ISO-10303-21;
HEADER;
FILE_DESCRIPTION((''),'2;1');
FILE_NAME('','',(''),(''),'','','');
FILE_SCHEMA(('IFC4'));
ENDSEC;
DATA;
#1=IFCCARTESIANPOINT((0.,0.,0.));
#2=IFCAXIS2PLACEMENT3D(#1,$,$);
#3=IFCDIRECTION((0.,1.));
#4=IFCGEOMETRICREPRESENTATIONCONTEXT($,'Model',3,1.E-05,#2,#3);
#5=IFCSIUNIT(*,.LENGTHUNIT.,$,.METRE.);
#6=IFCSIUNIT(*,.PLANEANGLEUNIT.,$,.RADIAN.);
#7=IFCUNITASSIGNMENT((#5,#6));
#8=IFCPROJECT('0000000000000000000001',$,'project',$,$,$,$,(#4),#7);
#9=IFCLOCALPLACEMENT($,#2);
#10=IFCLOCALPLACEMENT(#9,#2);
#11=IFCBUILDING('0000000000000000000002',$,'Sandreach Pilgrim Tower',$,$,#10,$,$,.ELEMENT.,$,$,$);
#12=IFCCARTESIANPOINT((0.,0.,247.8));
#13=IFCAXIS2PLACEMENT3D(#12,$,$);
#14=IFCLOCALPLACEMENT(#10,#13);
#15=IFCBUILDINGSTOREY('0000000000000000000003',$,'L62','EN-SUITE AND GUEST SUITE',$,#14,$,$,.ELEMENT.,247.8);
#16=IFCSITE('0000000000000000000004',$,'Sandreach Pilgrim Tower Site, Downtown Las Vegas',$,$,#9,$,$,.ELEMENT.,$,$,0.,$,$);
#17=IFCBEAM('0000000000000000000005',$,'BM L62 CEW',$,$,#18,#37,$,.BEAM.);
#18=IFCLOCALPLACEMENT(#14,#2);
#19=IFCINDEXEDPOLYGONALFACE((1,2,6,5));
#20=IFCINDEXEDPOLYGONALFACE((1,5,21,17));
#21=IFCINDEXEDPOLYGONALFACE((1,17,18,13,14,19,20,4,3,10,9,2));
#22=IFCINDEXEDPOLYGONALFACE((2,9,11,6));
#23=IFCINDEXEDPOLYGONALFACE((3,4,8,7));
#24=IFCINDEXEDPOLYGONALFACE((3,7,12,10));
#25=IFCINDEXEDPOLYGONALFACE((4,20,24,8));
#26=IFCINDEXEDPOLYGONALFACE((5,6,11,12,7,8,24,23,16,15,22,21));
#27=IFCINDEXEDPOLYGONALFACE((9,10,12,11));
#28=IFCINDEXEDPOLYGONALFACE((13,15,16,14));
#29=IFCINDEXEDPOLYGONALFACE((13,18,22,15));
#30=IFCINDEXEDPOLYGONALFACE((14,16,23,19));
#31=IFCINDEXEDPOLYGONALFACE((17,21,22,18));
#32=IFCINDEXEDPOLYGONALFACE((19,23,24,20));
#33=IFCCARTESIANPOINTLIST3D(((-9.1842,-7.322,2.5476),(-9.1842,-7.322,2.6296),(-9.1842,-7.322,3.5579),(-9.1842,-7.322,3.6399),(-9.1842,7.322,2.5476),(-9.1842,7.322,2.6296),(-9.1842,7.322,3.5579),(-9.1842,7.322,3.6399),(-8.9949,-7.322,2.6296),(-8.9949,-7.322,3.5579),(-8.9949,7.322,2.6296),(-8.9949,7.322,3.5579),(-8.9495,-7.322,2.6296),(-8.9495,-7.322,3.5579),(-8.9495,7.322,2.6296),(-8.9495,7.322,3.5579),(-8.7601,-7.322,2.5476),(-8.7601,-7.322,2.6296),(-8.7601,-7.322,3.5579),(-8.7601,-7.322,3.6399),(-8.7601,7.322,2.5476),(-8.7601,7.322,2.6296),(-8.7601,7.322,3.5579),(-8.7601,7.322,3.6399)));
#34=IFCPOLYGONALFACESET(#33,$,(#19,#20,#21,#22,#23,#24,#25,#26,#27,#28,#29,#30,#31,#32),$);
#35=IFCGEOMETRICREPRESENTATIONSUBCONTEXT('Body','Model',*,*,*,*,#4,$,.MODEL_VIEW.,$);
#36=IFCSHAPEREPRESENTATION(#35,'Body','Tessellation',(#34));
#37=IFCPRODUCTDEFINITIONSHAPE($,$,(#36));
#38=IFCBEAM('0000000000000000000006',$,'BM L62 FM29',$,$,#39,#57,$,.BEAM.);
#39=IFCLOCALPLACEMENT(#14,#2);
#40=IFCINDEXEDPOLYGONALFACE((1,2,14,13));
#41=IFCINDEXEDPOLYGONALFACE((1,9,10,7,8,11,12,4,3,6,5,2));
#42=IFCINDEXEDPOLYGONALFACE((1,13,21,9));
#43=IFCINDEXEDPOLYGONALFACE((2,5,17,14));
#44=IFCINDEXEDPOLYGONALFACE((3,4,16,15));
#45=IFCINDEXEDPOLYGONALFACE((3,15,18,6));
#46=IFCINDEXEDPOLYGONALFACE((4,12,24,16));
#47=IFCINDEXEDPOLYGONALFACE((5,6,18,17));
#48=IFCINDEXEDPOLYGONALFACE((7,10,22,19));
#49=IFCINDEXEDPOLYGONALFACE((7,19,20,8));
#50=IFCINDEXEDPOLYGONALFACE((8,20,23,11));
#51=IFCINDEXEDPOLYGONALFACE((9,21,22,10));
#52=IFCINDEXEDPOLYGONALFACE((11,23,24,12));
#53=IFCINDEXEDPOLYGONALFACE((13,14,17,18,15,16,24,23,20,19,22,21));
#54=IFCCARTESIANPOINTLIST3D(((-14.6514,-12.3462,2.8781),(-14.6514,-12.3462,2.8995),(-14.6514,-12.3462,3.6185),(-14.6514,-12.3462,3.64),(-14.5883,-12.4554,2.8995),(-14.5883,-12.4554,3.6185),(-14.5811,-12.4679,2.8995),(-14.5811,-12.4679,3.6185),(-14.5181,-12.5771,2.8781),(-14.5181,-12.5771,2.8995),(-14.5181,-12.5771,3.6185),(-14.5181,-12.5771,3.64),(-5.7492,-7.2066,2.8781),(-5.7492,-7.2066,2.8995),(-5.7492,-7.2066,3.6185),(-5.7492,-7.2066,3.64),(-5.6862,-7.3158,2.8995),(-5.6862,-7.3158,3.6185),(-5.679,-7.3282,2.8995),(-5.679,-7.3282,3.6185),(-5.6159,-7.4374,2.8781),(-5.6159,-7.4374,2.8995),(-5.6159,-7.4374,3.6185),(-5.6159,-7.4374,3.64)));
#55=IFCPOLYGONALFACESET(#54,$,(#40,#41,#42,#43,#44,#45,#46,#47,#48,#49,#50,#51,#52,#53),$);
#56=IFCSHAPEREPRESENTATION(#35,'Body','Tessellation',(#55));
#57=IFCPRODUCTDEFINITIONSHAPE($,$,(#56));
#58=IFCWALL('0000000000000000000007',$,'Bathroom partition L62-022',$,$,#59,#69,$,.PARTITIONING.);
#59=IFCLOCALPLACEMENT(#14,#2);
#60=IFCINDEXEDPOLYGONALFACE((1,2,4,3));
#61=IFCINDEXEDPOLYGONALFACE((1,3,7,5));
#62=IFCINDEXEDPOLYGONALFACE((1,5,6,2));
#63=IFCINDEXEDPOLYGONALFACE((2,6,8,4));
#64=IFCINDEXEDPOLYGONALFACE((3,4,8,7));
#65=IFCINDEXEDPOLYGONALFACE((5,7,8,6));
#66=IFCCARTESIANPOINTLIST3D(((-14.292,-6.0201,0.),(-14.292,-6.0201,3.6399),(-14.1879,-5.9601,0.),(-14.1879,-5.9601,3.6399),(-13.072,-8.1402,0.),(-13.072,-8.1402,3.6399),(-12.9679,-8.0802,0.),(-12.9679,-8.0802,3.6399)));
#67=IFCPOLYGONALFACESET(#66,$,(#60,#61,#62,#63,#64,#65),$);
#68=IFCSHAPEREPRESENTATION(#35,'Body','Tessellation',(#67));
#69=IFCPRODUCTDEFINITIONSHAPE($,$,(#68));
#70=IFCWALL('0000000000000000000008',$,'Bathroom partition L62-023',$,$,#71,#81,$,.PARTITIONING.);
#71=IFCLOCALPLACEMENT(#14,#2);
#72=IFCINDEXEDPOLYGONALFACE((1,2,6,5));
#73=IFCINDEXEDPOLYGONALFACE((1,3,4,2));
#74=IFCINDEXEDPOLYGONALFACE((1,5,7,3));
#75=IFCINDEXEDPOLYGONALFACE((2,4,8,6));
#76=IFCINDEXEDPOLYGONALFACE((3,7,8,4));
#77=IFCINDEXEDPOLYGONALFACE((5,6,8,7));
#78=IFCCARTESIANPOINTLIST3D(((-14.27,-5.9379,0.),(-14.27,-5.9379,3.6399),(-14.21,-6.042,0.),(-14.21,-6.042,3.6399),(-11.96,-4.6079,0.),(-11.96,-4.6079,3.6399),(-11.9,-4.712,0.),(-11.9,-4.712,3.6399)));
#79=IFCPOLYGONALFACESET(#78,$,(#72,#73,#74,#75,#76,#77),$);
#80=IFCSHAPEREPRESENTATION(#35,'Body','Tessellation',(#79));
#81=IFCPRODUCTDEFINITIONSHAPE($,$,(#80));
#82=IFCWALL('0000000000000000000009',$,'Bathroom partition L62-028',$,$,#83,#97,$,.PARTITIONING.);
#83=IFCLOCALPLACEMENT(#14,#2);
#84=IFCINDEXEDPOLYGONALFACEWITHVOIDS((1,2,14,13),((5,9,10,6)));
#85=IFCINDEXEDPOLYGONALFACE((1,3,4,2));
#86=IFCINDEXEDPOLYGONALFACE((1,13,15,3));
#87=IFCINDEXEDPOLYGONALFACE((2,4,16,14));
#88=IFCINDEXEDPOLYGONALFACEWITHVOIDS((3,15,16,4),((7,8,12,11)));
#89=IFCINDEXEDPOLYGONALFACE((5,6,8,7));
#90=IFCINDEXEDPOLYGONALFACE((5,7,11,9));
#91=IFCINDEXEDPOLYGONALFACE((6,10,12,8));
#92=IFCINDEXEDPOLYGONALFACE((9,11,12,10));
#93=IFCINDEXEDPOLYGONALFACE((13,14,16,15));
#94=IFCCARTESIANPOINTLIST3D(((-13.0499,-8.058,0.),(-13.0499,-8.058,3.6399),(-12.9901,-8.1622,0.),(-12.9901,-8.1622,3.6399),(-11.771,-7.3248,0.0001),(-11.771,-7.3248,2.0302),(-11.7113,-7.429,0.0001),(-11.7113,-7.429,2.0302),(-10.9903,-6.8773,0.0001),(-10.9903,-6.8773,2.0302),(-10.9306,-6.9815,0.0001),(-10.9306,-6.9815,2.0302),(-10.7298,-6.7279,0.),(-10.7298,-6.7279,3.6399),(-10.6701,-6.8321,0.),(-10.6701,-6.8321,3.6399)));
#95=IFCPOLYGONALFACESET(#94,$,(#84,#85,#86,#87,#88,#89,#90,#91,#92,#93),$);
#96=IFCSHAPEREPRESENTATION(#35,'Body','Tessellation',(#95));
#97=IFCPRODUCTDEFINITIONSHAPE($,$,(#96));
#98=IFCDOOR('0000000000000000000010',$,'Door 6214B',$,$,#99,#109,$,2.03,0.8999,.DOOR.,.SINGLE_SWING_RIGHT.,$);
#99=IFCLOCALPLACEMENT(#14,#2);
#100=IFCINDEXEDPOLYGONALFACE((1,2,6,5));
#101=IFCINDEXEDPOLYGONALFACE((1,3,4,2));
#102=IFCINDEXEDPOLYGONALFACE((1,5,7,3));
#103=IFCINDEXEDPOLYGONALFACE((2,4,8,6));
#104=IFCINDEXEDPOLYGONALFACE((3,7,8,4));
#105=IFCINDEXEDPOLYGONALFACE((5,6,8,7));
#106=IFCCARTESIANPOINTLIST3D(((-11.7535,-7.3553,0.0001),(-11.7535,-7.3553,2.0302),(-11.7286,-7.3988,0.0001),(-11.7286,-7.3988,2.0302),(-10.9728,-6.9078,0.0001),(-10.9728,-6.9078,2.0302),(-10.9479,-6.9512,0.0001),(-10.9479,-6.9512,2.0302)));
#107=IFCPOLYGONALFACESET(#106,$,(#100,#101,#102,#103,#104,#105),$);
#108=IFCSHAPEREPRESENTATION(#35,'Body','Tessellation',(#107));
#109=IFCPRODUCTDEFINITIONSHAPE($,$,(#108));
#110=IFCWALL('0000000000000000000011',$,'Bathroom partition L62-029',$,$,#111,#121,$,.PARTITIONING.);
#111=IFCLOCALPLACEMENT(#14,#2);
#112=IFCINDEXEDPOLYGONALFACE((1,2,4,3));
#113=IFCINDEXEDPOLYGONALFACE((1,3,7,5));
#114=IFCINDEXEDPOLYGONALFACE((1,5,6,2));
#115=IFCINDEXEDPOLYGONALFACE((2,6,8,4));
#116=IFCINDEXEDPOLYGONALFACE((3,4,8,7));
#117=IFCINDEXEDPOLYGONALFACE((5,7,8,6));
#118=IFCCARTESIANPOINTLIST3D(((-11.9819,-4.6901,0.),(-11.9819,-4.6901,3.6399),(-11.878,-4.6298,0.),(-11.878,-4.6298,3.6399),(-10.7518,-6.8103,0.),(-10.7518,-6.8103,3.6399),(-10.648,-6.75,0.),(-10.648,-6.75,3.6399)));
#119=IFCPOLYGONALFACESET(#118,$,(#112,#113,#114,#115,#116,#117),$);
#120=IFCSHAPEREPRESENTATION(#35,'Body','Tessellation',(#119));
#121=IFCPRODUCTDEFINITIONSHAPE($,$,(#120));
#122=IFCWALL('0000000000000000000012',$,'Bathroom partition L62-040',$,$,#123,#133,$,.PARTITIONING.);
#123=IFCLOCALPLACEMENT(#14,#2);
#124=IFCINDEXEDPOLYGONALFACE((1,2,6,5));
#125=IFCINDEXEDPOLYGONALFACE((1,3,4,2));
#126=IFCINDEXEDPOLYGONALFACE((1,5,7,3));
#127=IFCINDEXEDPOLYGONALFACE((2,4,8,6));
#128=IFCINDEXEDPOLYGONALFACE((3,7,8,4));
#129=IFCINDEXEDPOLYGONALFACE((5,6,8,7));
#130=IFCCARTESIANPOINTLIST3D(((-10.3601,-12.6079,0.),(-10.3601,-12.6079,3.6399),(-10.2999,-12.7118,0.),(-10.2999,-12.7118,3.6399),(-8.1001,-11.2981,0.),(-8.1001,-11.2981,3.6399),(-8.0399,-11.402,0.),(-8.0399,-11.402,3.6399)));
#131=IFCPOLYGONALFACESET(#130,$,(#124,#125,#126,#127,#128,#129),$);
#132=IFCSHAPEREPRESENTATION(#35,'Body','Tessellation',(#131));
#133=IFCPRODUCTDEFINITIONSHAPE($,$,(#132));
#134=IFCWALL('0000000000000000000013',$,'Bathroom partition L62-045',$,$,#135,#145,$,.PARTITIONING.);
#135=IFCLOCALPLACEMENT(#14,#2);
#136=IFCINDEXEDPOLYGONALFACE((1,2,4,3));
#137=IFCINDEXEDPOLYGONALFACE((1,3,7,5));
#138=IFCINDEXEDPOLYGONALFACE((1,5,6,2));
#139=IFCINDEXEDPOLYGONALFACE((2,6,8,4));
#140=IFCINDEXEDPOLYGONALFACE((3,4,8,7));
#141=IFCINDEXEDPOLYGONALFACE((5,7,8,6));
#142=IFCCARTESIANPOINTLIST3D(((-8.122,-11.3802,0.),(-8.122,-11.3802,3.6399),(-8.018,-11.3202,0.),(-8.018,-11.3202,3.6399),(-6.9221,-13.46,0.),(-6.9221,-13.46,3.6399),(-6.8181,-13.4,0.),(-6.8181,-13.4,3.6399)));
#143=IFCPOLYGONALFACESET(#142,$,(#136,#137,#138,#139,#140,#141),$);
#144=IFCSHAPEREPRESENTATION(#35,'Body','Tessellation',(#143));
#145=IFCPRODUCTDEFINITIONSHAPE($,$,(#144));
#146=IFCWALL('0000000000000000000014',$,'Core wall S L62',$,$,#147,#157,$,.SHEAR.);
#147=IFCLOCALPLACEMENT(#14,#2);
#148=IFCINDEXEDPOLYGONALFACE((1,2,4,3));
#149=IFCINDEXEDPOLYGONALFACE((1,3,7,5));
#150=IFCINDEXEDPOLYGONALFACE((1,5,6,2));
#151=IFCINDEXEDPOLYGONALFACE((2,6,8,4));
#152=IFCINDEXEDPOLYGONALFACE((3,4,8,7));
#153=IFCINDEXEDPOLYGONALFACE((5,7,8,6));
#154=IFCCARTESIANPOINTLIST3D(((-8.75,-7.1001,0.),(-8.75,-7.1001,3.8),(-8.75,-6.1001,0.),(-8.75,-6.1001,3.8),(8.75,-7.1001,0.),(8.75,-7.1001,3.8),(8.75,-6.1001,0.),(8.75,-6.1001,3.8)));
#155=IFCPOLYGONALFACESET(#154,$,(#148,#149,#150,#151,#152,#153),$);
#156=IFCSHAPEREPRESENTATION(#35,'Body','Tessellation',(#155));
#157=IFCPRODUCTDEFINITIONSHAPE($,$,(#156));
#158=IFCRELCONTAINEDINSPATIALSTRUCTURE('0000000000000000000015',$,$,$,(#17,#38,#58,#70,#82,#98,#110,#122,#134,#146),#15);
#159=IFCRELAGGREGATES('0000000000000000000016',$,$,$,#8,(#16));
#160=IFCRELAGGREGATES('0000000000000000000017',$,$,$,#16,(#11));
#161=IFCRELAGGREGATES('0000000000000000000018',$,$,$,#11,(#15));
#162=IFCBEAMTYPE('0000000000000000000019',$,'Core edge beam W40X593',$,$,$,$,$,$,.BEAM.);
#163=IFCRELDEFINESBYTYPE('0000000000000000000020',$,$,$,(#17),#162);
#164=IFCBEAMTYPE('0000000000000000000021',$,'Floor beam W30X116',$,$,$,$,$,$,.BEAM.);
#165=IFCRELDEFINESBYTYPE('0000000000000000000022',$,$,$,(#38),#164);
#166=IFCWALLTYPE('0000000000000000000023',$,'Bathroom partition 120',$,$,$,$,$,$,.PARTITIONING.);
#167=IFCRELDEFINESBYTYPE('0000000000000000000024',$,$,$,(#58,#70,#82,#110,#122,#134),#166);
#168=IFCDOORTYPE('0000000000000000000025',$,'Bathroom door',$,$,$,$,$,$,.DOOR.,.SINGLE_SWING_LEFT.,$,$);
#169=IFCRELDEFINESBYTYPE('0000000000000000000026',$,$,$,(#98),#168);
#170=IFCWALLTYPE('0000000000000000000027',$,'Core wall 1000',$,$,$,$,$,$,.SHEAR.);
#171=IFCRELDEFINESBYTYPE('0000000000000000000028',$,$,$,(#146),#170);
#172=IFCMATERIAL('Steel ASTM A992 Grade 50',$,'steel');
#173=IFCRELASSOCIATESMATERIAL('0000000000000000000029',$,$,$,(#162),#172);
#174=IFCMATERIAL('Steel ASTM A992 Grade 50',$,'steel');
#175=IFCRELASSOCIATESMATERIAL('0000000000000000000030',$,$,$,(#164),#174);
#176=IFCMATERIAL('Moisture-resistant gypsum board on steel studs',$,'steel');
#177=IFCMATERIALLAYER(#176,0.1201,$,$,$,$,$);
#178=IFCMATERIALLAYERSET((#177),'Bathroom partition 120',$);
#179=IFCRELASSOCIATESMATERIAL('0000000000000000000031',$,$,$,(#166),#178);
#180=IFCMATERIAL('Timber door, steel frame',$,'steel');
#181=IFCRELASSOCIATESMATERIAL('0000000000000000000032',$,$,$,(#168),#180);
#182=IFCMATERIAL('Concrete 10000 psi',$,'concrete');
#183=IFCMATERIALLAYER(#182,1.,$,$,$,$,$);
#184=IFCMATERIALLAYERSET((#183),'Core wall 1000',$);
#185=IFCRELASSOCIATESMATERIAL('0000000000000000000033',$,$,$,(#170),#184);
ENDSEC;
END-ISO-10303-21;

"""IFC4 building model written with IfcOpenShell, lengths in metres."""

from ifc_helpers import new_model, si_unit, direction, frame, frame_2d, origin, origin_2d, place, context, subcontext, project, spatial, rectangle, i_section, extrude, material, layer, layer_set, material_profile, profile_set, type_object, element, fill, save


model = new_model("IFC4")

# Units and contexts
model_context = context("Model", 3, precision=1e-05, world=origin(), true_north=direction((0.0, 1.0)))
body_context = subcontext(model_context, "Body", "Model", "MODEL_VIEW")
ifc_project = project(units=[si_unit("LENGTHUNIT", "METRE"), si_unit("PLANEANGLEUNIT", "RADIAN")], contexts=[model_context])

# Site, building, storey
site_placement = place(None, origin())
site = spatial("IfcSite", under=ifc_project, at=site_placement, Name="Sandreach Pilgrim Tower Site, Downtown Las Vegas", CompositionType="ELEMENT", RefElevation=0.0)
building_placement = place(site_placement, origin())
building = spatial("IfcBuilding", under=site, at=building_placement, Name="Sandreach Pilgrim Tower", CompositionType="ELEMENT")
storey_placement = place(building_placement, frame((0.0, 0.0, 247.8)))
storey = spatial("IfcBuildingStorey", under=building, at=storey_placement, Name="L62", Description="EN-SUITE AND GUEST SUITE", CompositionType="ELEMENT", Elevation=247.8)

# Beams
ifc_material_1 = material(Name="Steel ASTM A992 Grade 50", Category="steel")
ifc_material_profile_1 = material_profile(ifc_material_1, i_section(OverallWidth=0.4241, OverallDepth=1.0923, WebThickness=0.0454, FlangeThickness=0.082, at=origin_2d()), Name="W40X593")
ifc_profile_set_1 = profile_set([ifc_material_profile_1], Name="Steel ASTM A992 Grade 50")
beam_type_1 = type_object("IfcBeamType", Name="Core edge beam W40X593", PredefinedType="BEAM", material=ifc_profile_set_1)
beam_1_placement = place(storey_placement, frame((-8.9722, -7.322, 3.0938), z_axis=(0.0, 1.0, 0.0), x_axis=(-1.0, 0.0, 0.0)))
element("IfcBeam", 1, at=beam_1_placement, inside=storey, type_object=beam_type_1, Name="BM L62 CEW", PredefinedType="BEAM", context=body_context, shape_type="SweptSolid", body=[
    extrude(i_section(OverallWidth=0.4241, OverallDepth=1.0923, WebThickness=0.0454, FlangeThickness=0.082, at=origin_2d()), origin(), (0.0, 0.0, 1.0), 14.644),
])
ifc_material_2 = material(Name="Steel ASTM A992 Grade 50", Category="steel")
ifc_material_profile_2 = material_profile(ifc_material_2, i_section(OverallWidth=0.2666, OverallDepth=0.762, WebThickness=0.0144, FlangeThickness=0.0215, at=origin_2d()), Name="W30X116")
ifc_profile_set_2 = profile_set([ifc_material_profile_2], Name="Steel ASTM A992 Grade 50")
beam_type_2 = type_object("IfcBeamType", Name="Floor beam W30X116", PredefinedType="BEAM", material=ifc_profile_set_2)
beam_2_placement = place(storey_placement, frame((-14.5847, -12.4617, 3.259), z_axis=(0.866025, 0.500001, 0.0), x_axis=(-0.500001, 0.866025, 0.0)))
element("IfcBeam", 2, at=beam_2_placement, inside=storey, type_object=beam_type_2, Name="BM L62 FM29", PredefinedType="BEAM", context=body_context, shape_type="SweptSolid", body=[
    extrude(i_section(OverallWidth=0.2666, OverallDepth=0.762, WebThickness=0.0144, FlangeThickness=0.0215, at=origin_2d()), origin(), (0.0, 0.0, 1.0), 10.2793),
])

# Walls
ifc_material_3 = material(Name="Moisture-resistant gypsum board on steel studs", Category="steel")
ifc_layer_1 = layer(ifc_material_3, 0.1201)
ifc_layer_set_1 = layer_set([ifc_layer_1], Name="Bathroom partition 120")
wall_type_1 = type_object("IfcWallType", Name="Bathroom partition 120", PredefinedType="PARTITIONING", material=ifc_layer_set_1)
wall_1_placement = place(storey_placement, frame((-14.24, -5.99, 0.0), z_axis=(0.0, 0.0, 1.0), x_axis=(0.498749, -0.866747, 0.0)))
element("IfcWall", 3, at=wall_1_placement, inside=storey, type_object=wall_type_1, Name="Bathroom partition L62-022", PredefinedType="PARTITIONING", context=body_context, shape_type="SweptSolid", body=[
    extrude(rectangle(XDim=2.446, YDim=0.1201, at=frame_2d((1.2231, 0.0))), origin(), (0.0, 0.0, 1.0), 3.6399),
])
wall_2_placement = place(storey_placement, frame((-14.24, -5.99, 0.0), z_axis=(0.0, 0.0, 1.0), x_axis=(0.866615, 0.498977, 0.0)))
element("IfcWall", 4, at=wall_2_placement, inside=storey, type_object=wall_type_1, Name="Bathroom partition L62-023", PredefinedType="PARTITIONING", context=body_context, shape_type="SweptSolid", body=[
    extrude(rectangle(XDim=2.6655, YDim=0.1201, at=frame_2d((1.3328, 0.0))), origin(), (0.0, 0.0, 1.0), 3.6399),
])

# Wall, opening, door
wall_3_placement = place(storey_placement, frame((-13.02, -8.1101, 0.0), z_axis=(0.0, 0.0, 1.0), x_axis=(0.867546, 0.497358, 0.0)))
wall_3 = element("IfcWall", 5, at=wall_3_placement, inside=storey, type_object=wall_type_1, Name="Bathroom partition L62-028", PredefinedType="PARTITIONING", context=body_context, shape_type="SweptSolid", body=[
    extrude(rectangle(XDim=2.6743, YDim=0.1201, at=frame_2d((1.3372, 0.0))), origin(), (0.0, 0.0, 1.0), 3.6399),
])
opening_1_placement = place(wall_3_placement, frame((1.4741, 0.0, 0.0)))
opening_1 = element("IfcOpeningElement", 6, at=opening_1_placement, cuts=wall_3, PredefinedType="OPENING", context=body_context, shape_type="SweptSolid", body=[
    extrude(rectangle(XDim=0.8999, YDim=2.03, at=frame_2d((0.45, 1.0151))), frame((0.0, 0.0601, 0.0), z_axis=(0.0, -1.0, 0.0), x_axis=(1.0, 0.0, 0.0)), (0.0, 0.0, 1.0), 0.1201),
])
ifc_material_4 = material(Name="Timber door, steel frame", Category="steel")
door_type_1 = type_object("IfcDoorType", Name="Bathroom door", OperationType="SINGLE_SWING_LEFT", PredefinedType="DOOR", material=ifc_material_4)
door_1_placement = place(opening_1_placement, origin())
door_1 = element("IfcDoor", 7, at=door_1_placement, inside=storey, type_object=door_type_1, Name="Door 6214B", OperationType="SINGLE_SWING_RIGHT", OverallHeight=2.03, OverallWidth=0.8999, PredefinedType="DOOR", context=body_context, shape_type="SweptSolid", body=[
    extrude(rectangle(XDim=0.8999, YDim=2.03, at=frame_2d((0.45, 1.0151))), frame((0.0, 0.0249, 0.0), z_axis=(0.0, -1.0, 0.0), x_axis=(1.0, 0.0, 0.0)), (0.0, 0.0, 1.0), 0.05),
])
fill(opening_1, door_1)

# Walls
wall_4_placement = place(storey_placement, frame((-11.9299, -4.6599, 0.0), z_axis=(0.0, 0.0, 1.0), x_axis=(0.501813, -0.864976, 0.0)))
element("IfcWall", 8, at=wall_4_placement, inside=storey, type_object=wall_type_1, Name="Bathroom partition L62-029", PredefinedType="PARTITIONING", context=body_context, shape_type="SweptSolid", body=[
    extrude(rectangle(XDim=2.4512, YDim=0.1201, at=frame_2d((1.2256, 0.0))), origin(), (0.0, 0.0, 1.0), 3.6399),
])
wall_5_placement = place(storey_placement, frame((-10.3301, -12.6599, 0.0), z_axis=(0.0, 0.0, 1.0), x_axis=(0.865196, 0.501434, 0.0)))
element("IfcWall", 9, at=wall_5_placement, inside=storey, type_object=wall_type_1, Name="Bathroom partition L62-040", PredefinedType="PARTITIONING", context=body_context, shape_type="SweptSolid", body=[
    extrude(rectangle(XDim=2.6121, YDim=0.1201, at=frame_2d((1.3062, 0.0))), origin(), (0.0, 0.0, 1.0), 3.6399),
])
wall_6_placement = place(storey_placement, frame((-8.0701, -11.3501, 0.0), z_axis=(0.0, 0.0, 1.0), x_axis=(0.499737, -0.866177, 0.0)))
element("IfcWall", 10, at=wall_6_placement, inside=storey, type_object=wall_type_1, Name="Bathroom partition L62-045", PredefinedType="PARTITIONING", context=body_context, shape_type="SweptSolid", body=[
    extrude(rectangle(XDim=2.4011, YDim=0.1201, at=frame_2d((1.2007, 0.0))), origin(), (0.0, 0.0, 1.0), 3.6399),
])
ifc_material_5 = material(Name="Concrete 10000 psi", Category="concrete")
ifc_layer_2 = layer(ifc_material_5, 1.0)
ifc_layer_set_2 = layer_set([ifc_layer_2], Name="Core wall 1000")
wall_type_2 = type_object("IfcWallType", Name="Core wall 1000", PredefinedType="SHEAR", material=ifc_layer_set_2)
wall_7_placement = place(storey_placement, frame((-8.75, -6.6001, 0.0), z_axis=(0.0, 0.0, 1.0), x_axis=(1.0, 0.0, 0.0)))
element("IfcWall", 11, at=wall_7_placement, inside=storey, type_object=wall_type_2, Name="Core wall S L62", PredefinedType="SHEAR", context=body_context, shape_type="SweptSolid", body=[
    extrude(rectangle(XDim=17.5, YDim=1.0, at=frame_2d((8.75, 0.0))), origin(), (0.0, 0.0, 1.0), 3.8),
])

save(model, "model.ifc")
